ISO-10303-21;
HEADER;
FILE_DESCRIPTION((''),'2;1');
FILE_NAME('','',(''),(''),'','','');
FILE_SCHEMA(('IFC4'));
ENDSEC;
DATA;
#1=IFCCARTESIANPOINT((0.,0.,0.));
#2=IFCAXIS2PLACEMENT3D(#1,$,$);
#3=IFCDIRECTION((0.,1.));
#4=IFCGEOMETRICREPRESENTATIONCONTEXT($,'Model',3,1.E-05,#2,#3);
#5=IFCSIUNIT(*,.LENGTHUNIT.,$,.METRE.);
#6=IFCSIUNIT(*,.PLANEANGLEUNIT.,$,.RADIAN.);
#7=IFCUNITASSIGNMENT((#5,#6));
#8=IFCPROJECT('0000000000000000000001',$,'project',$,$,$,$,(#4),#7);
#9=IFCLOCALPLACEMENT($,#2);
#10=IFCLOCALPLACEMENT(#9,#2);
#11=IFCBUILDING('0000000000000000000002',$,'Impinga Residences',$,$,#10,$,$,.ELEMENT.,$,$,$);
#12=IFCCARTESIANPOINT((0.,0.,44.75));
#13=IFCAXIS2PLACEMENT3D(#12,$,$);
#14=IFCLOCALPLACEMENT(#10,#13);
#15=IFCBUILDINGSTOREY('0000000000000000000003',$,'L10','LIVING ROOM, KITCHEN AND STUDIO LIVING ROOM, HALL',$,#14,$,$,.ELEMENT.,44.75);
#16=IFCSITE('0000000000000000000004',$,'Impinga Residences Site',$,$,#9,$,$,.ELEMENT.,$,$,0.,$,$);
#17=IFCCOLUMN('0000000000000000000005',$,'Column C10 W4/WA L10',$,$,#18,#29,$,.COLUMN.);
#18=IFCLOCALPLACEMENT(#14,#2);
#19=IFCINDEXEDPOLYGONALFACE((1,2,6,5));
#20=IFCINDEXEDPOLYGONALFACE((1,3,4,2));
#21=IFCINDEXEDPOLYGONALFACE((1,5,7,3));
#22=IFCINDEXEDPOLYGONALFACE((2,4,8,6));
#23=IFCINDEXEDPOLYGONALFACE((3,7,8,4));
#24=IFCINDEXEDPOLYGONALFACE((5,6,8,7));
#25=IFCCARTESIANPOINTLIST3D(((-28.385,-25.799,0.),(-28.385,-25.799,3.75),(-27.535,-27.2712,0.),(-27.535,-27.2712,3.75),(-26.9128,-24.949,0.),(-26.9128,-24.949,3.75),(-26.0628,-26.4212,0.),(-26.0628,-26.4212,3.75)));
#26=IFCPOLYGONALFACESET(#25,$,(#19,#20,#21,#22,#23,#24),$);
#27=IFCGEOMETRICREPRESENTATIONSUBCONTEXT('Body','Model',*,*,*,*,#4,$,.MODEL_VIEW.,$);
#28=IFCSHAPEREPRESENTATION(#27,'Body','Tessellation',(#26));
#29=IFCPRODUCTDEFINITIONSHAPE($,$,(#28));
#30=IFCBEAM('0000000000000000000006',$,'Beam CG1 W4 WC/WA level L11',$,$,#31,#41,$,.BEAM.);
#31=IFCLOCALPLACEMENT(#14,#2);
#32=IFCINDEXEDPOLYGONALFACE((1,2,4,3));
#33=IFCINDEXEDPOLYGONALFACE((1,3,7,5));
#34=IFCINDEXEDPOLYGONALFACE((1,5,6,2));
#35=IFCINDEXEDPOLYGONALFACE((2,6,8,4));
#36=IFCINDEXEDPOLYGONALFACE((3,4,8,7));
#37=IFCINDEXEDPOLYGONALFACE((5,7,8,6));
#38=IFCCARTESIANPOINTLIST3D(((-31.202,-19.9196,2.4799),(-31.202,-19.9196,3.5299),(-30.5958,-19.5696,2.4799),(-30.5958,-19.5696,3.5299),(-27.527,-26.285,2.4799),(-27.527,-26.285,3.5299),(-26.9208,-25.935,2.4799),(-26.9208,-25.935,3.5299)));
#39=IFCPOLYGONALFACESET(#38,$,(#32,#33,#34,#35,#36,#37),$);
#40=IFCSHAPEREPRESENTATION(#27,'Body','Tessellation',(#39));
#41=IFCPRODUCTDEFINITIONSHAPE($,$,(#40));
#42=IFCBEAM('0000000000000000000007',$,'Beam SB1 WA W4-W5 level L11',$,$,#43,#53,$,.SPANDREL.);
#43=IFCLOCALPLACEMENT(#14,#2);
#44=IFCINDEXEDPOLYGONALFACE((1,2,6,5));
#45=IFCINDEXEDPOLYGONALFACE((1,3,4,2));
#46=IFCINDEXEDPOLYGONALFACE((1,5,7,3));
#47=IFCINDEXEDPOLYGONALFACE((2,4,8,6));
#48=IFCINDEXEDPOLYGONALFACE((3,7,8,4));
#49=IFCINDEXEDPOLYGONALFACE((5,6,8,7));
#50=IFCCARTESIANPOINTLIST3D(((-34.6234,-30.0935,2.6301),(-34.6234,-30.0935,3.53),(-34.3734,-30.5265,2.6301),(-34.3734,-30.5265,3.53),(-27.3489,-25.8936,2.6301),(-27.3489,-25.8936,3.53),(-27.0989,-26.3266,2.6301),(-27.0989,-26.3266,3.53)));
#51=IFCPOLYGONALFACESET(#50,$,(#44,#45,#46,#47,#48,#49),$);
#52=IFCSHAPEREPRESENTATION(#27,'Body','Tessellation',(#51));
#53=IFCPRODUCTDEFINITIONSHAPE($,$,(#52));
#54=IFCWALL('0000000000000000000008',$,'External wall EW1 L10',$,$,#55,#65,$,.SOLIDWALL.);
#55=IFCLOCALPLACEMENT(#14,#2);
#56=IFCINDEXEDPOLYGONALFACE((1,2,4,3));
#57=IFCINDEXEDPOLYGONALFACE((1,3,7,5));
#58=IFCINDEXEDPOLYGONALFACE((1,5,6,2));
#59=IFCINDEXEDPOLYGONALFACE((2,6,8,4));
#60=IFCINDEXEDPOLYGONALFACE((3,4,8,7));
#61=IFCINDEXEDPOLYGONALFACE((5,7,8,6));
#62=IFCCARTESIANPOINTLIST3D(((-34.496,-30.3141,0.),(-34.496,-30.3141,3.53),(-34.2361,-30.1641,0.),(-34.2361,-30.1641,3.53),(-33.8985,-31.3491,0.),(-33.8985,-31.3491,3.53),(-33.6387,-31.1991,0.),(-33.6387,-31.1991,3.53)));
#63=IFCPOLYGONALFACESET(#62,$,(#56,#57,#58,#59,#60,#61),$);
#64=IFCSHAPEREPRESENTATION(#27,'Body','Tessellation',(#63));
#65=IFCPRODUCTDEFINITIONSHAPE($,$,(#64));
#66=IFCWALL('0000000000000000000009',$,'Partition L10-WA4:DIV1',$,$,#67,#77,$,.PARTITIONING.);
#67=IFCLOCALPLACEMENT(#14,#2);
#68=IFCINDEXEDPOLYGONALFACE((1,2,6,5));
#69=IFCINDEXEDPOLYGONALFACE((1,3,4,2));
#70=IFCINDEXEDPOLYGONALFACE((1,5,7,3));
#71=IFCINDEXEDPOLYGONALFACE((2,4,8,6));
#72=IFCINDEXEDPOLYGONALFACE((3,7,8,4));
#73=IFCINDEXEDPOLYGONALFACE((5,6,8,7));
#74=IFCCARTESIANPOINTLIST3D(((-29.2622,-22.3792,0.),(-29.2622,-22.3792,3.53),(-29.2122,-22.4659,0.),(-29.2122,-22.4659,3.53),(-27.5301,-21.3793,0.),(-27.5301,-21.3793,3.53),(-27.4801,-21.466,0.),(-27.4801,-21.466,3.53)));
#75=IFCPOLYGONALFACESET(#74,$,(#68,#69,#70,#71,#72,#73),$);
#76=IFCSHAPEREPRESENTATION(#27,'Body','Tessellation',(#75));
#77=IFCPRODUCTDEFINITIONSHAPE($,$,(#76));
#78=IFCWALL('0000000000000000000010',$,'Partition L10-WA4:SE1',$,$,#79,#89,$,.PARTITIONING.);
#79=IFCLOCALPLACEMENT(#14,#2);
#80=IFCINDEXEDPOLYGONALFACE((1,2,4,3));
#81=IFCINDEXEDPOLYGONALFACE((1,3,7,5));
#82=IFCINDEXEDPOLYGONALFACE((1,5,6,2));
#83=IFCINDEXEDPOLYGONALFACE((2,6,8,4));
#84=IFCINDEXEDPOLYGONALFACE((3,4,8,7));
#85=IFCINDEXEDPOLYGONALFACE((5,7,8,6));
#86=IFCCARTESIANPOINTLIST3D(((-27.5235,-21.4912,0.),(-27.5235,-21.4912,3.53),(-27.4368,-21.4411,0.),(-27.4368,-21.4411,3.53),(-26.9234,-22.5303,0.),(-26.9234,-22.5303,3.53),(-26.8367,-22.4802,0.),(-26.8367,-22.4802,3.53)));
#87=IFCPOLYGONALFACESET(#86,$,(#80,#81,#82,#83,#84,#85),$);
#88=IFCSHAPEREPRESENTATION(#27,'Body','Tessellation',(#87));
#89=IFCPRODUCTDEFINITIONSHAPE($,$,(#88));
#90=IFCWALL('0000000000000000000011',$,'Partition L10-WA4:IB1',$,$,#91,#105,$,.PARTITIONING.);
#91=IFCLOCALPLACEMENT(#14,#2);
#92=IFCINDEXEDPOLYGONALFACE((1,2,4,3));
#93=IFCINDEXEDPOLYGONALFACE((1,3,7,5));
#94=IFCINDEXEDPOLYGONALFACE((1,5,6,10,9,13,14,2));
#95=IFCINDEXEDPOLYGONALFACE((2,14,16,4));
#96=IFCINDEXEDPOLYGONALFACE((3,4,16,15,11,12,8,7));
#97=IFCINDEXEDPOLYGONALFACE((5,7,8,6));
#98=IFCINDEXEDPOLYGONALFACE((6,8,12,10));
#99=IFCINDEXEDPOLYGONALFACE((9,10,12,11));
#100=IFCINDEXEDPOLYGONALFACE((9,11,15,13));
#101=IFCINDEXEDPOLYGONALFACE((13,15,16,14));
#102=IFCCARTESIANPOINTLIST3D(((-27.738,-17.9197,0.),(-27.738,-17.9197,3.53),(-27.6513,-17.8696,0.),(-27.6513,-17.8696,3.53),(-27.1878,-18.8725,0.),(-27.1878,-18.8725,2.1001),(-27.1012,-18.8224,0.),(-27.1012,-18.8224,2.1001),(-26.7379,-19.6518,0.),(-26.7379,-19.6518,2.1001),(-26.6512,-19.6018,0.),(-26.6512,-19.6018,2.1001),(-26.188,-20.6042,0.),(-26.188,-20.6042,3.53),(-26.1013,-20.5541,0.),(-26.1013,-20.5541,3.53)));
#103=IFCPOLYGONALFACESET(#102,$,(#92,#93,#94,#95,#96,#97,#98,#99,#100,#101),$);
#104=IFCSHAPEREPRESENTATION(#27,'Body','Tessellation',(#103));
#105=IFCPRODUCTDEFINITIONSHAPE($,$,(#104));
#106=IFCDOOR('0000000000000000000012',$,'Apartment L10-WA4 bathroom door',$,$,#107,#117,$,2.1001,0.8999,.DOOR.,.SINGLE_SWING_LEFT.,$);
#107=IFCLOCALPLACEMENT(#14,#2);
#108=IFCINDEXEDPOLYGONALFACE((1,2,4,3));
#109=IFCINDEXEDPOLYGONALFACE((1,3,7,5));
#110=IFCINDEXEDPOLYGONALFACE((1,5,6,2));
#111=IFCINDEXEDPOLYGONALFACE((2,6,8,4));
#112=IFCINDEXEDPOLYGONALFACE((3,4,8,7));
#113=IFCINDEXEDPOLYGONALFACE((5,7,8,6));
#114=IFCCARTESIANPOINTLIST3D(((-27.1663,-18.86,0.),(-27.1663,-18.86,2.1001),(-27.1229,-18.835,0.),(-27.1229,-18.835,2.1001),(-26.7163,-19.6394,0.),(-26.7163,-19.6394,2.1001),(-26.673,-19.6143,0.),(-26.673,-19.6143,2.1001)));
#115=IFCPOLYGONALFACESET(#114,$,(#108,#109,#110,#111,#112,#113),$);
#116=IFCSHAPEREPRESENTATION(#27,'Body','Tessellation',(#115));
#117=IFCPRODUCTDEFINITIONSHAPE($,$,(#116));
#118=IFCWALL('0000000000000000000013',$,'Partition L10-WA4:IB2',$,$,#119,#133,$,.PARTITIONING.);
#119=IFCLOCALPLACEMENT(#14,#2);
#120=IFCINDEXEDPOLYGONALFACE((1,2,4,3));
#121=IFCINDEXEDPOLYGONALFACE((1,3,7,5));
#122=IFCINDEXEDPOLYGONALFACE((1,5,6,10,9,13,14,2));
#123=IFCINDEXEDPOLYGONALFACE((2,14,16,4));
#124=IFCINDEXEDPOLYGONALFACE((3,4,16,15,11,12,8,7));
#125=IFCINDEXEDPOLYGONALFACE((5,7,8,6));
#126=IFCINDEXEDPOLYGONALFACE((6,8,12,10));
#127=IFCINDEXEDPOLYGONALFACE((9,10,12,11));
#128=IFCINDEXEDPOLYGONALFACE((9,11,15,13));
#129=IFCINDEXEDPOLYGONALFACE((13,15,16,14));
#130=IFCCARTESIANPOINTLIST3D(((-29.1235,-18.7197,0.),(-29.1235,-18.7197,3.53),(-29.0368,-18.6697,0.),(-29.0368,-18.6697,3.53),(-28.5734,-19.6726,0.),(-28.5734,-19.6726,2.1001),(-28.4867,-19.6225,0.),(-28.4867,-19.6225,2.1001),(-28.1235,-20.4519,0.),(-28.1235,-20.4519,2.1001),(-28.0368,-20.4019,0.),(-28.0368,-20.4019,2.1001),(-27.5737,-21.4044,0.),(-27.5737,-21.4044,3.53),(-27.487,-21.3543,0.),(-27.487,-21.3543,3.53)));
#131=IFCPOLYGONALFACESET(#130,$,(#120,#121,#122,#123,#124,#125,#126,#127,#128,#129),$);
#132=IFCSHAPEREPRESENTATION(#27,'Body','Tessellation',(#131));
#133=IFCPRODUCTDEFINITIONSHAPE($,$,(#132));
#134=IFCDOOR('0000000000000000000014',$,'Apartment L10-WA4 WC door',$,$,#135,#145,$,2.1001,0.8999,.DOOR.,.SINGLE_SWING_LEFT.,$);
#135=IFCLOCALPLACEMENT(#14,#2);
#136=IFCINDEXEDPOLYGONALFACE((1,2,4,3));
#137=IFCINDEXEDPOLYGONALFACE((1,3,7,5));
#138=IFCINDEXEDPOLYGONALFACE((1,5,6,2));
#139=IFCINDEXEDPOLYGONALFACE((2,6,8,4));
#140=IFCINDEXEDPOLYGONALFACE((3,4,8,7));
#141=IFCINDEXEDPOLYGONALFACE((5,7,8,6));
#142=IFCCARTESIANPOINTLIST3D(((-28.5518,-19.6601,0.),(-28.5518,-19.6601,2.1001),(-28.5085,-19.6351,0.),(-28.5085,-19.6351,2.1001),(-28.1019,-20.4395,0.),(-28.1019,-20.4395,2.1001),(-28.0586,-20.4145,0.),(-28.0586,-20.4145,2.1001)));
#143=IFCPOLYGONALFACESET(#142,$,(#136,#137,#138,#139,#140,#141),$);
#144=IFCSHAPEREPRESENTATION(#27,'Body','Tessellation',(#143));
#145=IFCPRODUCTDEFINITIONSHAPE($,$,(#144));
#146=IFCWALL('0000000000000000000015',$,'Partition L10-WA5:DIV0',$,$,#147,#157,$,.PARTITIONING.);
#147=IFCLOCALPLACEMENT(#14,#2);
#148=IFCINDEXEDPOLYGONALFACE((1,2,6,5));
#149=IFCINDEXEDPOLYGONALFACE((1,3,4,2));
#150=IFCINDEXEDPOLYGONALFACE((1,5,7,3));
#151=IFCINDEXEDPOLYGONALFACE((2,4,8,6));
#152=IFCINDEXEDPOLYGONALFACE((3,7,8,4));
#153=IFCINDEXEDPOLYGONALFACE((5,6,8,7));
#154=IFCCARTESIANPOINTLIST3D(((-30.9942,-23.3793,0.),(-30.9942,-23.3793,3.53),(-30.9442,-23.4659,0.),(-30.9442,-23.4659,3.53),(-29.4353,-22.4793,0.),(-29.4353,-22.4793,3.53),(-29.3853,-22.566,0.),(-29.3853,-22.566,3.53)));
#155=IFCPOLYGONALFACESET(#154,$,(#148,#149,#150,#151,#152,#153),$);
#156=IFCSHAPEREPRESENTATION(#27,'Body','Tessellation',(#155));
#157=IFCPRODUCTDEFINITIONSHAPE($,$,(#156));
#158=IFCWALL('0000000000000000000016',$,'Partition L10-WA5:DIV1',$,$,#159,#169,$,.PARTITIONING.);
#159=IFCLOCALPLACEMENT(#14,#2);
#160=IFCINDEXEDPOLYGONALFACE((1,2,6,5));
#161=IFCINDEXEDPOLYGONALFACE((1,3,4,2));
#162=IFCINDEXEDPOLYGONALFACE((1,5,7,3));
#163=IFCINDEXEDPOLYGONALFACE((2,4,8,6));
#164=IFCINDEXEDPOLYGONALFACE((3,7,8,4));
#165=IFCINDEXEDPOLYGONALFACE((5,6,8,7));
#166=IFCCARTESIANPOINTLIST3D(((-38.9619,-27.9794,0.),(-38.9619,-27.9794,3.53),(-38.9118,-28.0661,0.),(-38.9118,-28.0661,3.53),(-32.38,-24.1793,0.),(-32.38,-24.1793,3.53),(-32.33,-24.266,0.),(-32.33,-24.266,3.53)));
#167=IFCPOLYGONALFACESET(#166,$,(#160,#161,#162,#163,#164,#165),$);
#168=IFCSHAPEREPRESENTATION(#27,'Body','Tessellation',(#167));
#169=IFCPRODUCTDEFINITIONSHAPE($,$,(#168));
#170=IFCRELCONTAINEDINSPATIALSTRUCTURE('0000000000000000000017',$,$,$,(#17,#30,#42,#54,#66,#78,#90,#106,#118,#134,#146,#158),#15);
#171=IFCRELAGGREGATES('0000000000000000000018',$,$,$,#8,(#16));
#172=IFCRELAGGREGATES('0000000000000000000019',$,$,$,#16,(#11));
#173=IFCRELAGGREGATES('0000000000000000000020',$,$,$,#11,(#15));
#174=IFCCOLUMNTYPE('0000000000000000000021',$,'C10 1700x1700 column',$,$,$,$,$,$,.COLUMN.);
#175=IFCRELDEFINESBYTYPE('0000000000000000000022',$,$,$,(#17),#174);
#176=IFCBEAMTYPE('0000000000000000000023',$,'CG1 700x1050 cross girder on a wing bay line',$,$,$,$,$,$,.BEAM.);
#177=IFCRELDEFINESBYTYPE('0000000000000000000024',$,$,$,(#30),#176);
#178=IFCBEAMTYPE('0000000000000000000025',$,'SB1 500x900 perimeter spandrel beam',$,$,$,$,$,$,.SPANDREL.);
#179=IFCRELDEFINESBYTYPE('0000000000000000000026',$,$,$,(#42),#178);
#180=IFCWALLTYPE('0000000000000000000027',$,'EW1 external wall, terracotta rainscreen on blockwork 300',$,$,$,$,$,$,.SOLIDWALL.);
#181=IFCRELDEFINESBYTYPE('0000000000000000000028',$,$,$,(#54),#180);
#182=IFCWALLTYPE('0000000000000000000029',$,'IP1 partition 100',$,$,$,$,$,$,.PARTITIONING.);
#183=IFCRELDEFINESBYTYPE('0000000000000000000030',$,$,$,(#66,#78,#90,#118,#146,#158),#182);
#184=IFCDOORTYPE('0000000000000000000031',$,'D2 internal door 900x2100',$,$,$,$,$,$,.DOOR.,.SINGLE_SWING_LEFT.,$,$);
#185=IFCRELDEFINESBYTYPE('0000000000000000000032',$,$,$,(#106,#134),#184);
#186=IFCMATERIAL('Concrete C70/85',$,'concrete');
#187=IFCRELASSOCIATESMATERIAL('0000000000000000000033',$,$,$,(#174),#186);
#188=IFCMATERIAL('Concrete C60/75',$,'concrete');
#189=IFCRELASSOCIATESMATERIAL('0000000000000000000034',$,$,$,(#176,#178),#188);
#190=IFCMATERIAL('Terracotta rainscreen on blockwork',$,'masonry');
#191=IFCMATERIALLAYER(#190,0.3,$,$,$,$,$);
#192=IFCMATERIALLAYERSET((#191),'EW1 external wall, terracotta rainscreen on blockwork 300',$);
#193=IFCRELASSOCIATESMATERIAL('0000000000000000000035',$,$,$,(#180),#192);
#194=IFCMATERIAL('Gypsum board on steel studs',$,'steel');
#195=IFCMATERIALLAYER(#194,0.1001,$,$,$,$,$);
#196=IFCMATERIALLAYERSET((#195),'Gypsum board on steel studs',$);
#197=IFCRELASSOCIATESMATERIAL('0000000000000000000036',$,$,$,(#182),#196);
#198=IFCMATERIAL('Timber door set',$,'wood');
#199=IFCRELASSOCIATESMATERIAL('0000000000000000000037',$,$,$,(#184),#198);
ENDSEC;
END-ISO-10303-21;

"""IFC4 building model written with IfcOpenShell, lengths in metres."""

from ifc_helpers import new_model, si_unit, direction, frame, frame_2d, origin, origin_2d, place, context, subcontext, project, spatial, rectangle, extrude, material, layer, layer_set, material_profile, profile_set, type_object, element, fill, save


model = new_model("IFC4")

# Units and contexts
model_context = context("Model", 3, precision=1e-05, world=origin(), true_north=direction((0.0, 1.0)))
body_context = subcontext(model_context, "Body", "Model", "MODEL_VIEW")
ifc_project = project(units=[si_unit("LENGTHUNIT", "METRE"), si_unit("PLANEANGLEUNIT", "RADIAN")], contexts=[model_context])

# Site, building, storey
site_placement = place(None, origin())
site = spatial("IfcSite", under=ifc_project, at=site_placement, Name="Impinga Residences Site", CompositionType="ELEMENT", RefElevation=0.0)
building_placement = place(site_placement, origin())
building = spatial("IfcBuilding", under=site, at=building_placement, Name="Impinga Residences", CompositionType="ELEMENT")
storey_placement = place(building_placement, frame((0.0, 0.0, 44.75)))
storey = spatial("IfcBuildingStorey", under=building, at=storey_placement, Name="L10", Description="LIVING ROOM, KITCHEN AND STUDIO LIVING ROOM, HALL", CompositionType="ELEMENT", Elevation=44.75)

# Column
ifc_material_1 = material(Name="Concrete C70/85", Category="concrete")
ifc_material_profile_1 = material_profile(ifc_material_1, rectangle(XDim=1.7, YDim=1.7, at=origin_2d()), Name="RC 1700x1700")
ifc_profile_set_1 = profile_set([ifc_material_profile_1], Name="Concrete C70/85")
column_type = type_object("IfcColumnType", Name="C10 1700x1700 column", PredefinedType="COLUMN", material=ifc_profile_set_1)
column_placement = place(storey_placement, frame((-27.2239, -26.1101, 0.0), z_axis=(0.0, 0.0, 1.0), x_axis=(-0.5, 0.866025, 0.0)))
element("IfcColumn", 1, at=column_placement, inside=storey, type_object=column_type, Name="Column C10 W4/WA L10", PredefinedType="COLUMN", context=body_context, shape_type="SweptSolid", body=[
    extrude(rectangle(XDim=1.7, YDim=1.7, at=origin_2d()), origin(), (0.0, 0.0, 1.0), 3.75),
])

# Beams
ifc_material_2 = material(Name="Concrete C60/75", Category="concrete")
ifc_material_profile_2 = material_profile(ifc_material_2, rectangle(XDim=0.7, YDim=1.05, at=origin_2d()), Name="RC 700x1050")
ifc_profile_set_2 = profile_set([ifc_material_profile_2], Name="Concrete C60/75")
beam_type_1 = type_object("IfcBeamType", Name="CG1 700x1050 cross girder on a wing bay line", PredefinedType="BEAM", material=ifc_profile_set_2)
beam_1_placement = place(storey_placement, frame((-30.8989, -19.7446, 3.0049), z_axis=(0.499994, -0.866029, 0.0), x_axis=(0.866029, 0.499994, 0.0)))
element("IfcBeam", 2, at=beam_1_placement, inside=storey, type_object=beam_type_1, Name="Beam CG1 W4 WC/WA level L11", PredefinedType="BEAM", context=body_context, shape_type="SweptSolid", body=[
    extrude(rectangle(XDim=0.7, YDim=1.05, at=origin_2d()), origin(), (0.0, 0.0, 1.0), 7.3501),
])
ifc_material_profile_3 = material_profile(ifc_material_2, rectangle(XDim=0.5, YDim=0.8999, at=origin_2d()), Name="RC 500x900")
ifc_profile_set_3 = profile_set([ifc_material_profile_3], Name="Concrete C60/75")
beam_type_2 = type_object("IfcBeamType", Name="SB1 500x900 perimeter spandrel beam", PredefinedType="SPANDREL", material=ifc_profile_set_3)
beam_2_placement = place(storey_placement, frame((-27.2239, -26.1101, 3.0801), z_axis=(-0.866029, -0.499993, 0.0), x_axis=(0.499993, -0.866029, 0.0)))
element("IfcBeam", 3, at=beam_2_placement, inside=storey, type_object=beam_type_2, Name="Beam SB1 WA W4-W5 level L11", PredefinedType="SPANDREL", context=body_context, shape_type="SweptSolid", body=[
    extrude(rectangle(XDim=0.5, YDim=0.8999, at=origin_2d()), origin(), (0.0, 0.0, 1.0), 8.3999),
])

# Walls
ifc_material_3 = material(Name="Terracotta rainscreen on blockwork", Category="masonry")
ifc_layer_1 = layer(ifc_material_3, 0.3)
ifc_layer_set_1 = layer_set([ifc_layer_1], Name="EW1 external wall, terracotta rainscreen on blockwork 300")
wall_type_1 = type_object("IfcWallType", Name="EW1 external wall, terracotta rainscreen on blockwork 300", PredefinedType="SOLIDWALL", material=ifc_layer_set_1)
wall_1_placement = place(storey_placement, frame((-33.7686, -31.2742, 0.0), z_axis=(0.0, 0.0, 1.0), x_axis=(-0.499941, 0.86606, 0.0)))
element("IfcWall", 4, at=wall_1_placement, inside=storey, type_object=wall_type_1, Name="External wall EW1 L10", PredefinedType="SOLIDWALL", context=body_context, shape_type="SweptSolid", body=[
    extrude(rectangle(XDim=1.1951, YDim=0.3, at=frame_2d((0.5977, 0.0))), origin(), (0.0, 0.0, 1.0), 3.53),
])
ifc_material_4 = material(Name="Gypsum board on steel studs", Category="steel")
ifc_layer_2 = layer(ifc_material_4, 0.1001)
ifc_layer_set_2 = layer_set([ifc_layer_2], Name="Gypsum board on steel studs")
wall_type_2 = type_object("IfcWallType", Name="IP1 partition 100", PredefinedType="PARTITIONING", material=ifc_layer_set_2)
wall_2_placement = place(storey_placement, frame((-27.5051, -21.4226, 0.0), z_axis=(0.0, 0.0, 1.0), x_axis=(-0.866041, -0.499973, 0.0)))
element("IfcWall", 5, at=wall_2_placement, inside=storey, type_object=wall_type_2, Name="Partition L10-WA4:DIV1", PredefinedType="PARTITIONING", context=body_context, shape_type="SweptSolid", body=[
    extrude(rectangle(XDim=2.0, YDim=0.1001, at=frame_2d((1.0, 0.0))), origin(), (0.0, 0.0, 1.0), 3.53),
])
wall_3_placement = place(storey_placement, frame((-27.4802, -21.4661, 0.0), z_axis=(0.0, 0.0, 1.0), x_axis=(0.500122, -0.865955, 0.0)))
element("IfcWall", 6, at=wall_3_placement, inside=storey, type_object=wall_type_2, Name="Partition L10-WA4:SE1", PredefinedType="PARTITIONING", context=body_context, shape_type="SweptSolid", body=[
    extrude(rectangle(XDim=1.2, YDim=0.1001, at=frame_2d((0.6001, 0.0))), origin(), (0.0, 0.0, 1.0), 3.53),
])

# Walls, openings, doors
wall_4_placement = place(storey_placement, frame((-27.6946, -17.8948, 0.0), z_axis=(0.0, 0.0, 1.0), x_axis=(0.500027, -0.86601, 0.0)))
wall_4 = element("IfcWall", 7, at=wall_4_placement, inside=storey, type_object=wall_type_2, Name="Partition L10-WA4:IB1", PredefinedType="PARTITIONING", context=body_context, shape_type="SweptSolid", body=[
    extrude(rectangle(XDim=3.0999, YDim=0.1001, at=frame_2d((1.5498, 0.0))), origin(), (0.0, 0.0, 1.0), 3.53),
])
opening_1_placement = place(wall_4_placement, frame((1.1001, 0.0, 0.0)))
opening_1 = element("IfcOpeningElement", 8, at=opening_1_placement, cuts=wall_4, PredefinedType="OPENING", context=body_context, shape_type="SweptSolid", body=[
    extrude(rectangle(XDim=0.8999, YDim=2.1001, at=frame_2d((0.45, 1.05))), frame((0.0, 0.0601, 0.0), z_axis=(0.0, -1.0, 0.0), x_axis=(1.0, 0.0, 0.0)), (0.0, 0.0, 1.0), 0.1201),
])
ifc_material_5 = material(Name="Timber door set", Category="wood")
door_type = type_object("IfcDoorType", Name="D2 internal door 900x2100", OperationType="SINGLE_SWING_LEFT", PredefinedType="DOOR", material=ifc_material_5)
door_1_placement = place(opening_1_placement, origin())
door_1 = element("IfcDoor", 9, at=door_1_placement, inside=storey, type_object=door_type, Name="Apartment L10-WA4 bathroom door", OperationType="SINGLE_SWING_LEFT", OverallHeight=2.1001, OverallWidth=0.8999, PredefinedType="DOOR", context=body_context, shape_type="SweptSolid", body=[
    extrude(rectangle(XDim=0.8999, YDim=2.1001, at=frame_2d((0.45, 1.05))), frame((0.0, 0.0249, 0.0), z_axis=(0.0, -1.0, 0.0), x_axis=(1.0, 0.0, 0.0)), (0.0, 0.0, 1.0), 0.05),
])
fill(opening_1, door_1)
wall_5_placement = place(storey_placement, frame((-29.0801, -18.6948, 0.0), z_axis=(0.0, 0.0, 1.0), x_axis=(0.499968, -0.866044, 0.0)))
wall_5 = element("IfcWall", 10, at=wall_5_placement, inside=storey, type_object=wall_type_2, Name="Partition L10-WA4:IB2", PredefinedType="PARTITIONING", context=body_context, shape_type="SweptSolid", body=[
    extrude(rectangle(XDim=3.0999, YDim=0.1001, at=frame_2d((1.5498, 0.0))), origin(), (0.0, 0.0, 1.0), 3.53),
])
opening_2_placement = place(wall_5_placement, frame((1.1001, 0.0, 0.0)))
opening_2 = element("IfcOpeningElement", 11, at=opening_2_placement, cuts=wall_5, PredefinedType="OPENING", context=body_context, shape_type="SweptSolid", body=[
    extrude(rectangle(XDim=0.8999, YDim=2.1001, at=frame_2d((0.45, 1.05))), frame((0.0, 0.0601, 0.0), z_axis=(0.0, -1.0, 0.0), x_axis=(1.0, 0.0, 0.0)), (0.0, 0.0, 1.0), 0.1201),
])
door_2_placement = place(opening_2_placement, origin())
door_2 = element("IfcDoor", 12, at=door_2_placement, inside=storey, type_object=door_type, Name="Apartment L10-WA4 WC door", OperationType="SINGLE_SWING_LEFT", OverallHeight=2.1001, OverallWidth=0.8999, PredefinedType="DOOR", context=body_context, shape_type="SweptSolid", body=[
    extrude(rectangle(XDim=0.8999, YDim=2.1001, at=frame_2d((0.45, 1.05))), frame((0.0, 0.0249, 0.0), z_axis=(0.0, -1.0, 0.0), x_axis=(1.0, 0.0, 0.0)), (0.0, 0.0, 1.0), 0.05),
])
fill(opening_2, door_2)

# Walls
wall_6_placement = place(storey_placement, frame((-29.4104, -22.5227, 0.0), z_axis=(0.0, 0.0, 1.0), x_axis=(-0.866048, -0.499961, 0.0)))
element("IfcWall", 13, at=wall_6_placement, inside=storey, type_object=wall_type_2, Name="Partition L10-WA5:DIV0", PredefinedType="PARTITIONING", context=body_context, shape_type="SweptSolid", body=[
    extrude(rectangle(XDim=1.8, YDim=0.1001, at=frame_2d((0.8999, 0.0))), origin(), (0.0, 0.0, 1.0), 3.53),
])
wall_7_placement = place(storey_placement, frame((-32.355, -24.2227, 0.0), z_axis=(0.0, 0.0, 1.0), x_axis=(-0.866022, -0.500005, 0.0)))
element("IfcWall", 14, at=wall_7_placement, inside=storey, type_object=wall_type_2, Name="Partition L10-WA5:DIV1", PredefinedType="PARTITIONING", context=body_context, shape_type="SweptSolid", body=[
    extrude(rectangle(XDim=7.6001, YDim=0.1001, at=frame_2d((3.8, 0.0))), origin(), (0.0, 0.0, 1.0), 3.53),
])

save(model, "model.ifc")
